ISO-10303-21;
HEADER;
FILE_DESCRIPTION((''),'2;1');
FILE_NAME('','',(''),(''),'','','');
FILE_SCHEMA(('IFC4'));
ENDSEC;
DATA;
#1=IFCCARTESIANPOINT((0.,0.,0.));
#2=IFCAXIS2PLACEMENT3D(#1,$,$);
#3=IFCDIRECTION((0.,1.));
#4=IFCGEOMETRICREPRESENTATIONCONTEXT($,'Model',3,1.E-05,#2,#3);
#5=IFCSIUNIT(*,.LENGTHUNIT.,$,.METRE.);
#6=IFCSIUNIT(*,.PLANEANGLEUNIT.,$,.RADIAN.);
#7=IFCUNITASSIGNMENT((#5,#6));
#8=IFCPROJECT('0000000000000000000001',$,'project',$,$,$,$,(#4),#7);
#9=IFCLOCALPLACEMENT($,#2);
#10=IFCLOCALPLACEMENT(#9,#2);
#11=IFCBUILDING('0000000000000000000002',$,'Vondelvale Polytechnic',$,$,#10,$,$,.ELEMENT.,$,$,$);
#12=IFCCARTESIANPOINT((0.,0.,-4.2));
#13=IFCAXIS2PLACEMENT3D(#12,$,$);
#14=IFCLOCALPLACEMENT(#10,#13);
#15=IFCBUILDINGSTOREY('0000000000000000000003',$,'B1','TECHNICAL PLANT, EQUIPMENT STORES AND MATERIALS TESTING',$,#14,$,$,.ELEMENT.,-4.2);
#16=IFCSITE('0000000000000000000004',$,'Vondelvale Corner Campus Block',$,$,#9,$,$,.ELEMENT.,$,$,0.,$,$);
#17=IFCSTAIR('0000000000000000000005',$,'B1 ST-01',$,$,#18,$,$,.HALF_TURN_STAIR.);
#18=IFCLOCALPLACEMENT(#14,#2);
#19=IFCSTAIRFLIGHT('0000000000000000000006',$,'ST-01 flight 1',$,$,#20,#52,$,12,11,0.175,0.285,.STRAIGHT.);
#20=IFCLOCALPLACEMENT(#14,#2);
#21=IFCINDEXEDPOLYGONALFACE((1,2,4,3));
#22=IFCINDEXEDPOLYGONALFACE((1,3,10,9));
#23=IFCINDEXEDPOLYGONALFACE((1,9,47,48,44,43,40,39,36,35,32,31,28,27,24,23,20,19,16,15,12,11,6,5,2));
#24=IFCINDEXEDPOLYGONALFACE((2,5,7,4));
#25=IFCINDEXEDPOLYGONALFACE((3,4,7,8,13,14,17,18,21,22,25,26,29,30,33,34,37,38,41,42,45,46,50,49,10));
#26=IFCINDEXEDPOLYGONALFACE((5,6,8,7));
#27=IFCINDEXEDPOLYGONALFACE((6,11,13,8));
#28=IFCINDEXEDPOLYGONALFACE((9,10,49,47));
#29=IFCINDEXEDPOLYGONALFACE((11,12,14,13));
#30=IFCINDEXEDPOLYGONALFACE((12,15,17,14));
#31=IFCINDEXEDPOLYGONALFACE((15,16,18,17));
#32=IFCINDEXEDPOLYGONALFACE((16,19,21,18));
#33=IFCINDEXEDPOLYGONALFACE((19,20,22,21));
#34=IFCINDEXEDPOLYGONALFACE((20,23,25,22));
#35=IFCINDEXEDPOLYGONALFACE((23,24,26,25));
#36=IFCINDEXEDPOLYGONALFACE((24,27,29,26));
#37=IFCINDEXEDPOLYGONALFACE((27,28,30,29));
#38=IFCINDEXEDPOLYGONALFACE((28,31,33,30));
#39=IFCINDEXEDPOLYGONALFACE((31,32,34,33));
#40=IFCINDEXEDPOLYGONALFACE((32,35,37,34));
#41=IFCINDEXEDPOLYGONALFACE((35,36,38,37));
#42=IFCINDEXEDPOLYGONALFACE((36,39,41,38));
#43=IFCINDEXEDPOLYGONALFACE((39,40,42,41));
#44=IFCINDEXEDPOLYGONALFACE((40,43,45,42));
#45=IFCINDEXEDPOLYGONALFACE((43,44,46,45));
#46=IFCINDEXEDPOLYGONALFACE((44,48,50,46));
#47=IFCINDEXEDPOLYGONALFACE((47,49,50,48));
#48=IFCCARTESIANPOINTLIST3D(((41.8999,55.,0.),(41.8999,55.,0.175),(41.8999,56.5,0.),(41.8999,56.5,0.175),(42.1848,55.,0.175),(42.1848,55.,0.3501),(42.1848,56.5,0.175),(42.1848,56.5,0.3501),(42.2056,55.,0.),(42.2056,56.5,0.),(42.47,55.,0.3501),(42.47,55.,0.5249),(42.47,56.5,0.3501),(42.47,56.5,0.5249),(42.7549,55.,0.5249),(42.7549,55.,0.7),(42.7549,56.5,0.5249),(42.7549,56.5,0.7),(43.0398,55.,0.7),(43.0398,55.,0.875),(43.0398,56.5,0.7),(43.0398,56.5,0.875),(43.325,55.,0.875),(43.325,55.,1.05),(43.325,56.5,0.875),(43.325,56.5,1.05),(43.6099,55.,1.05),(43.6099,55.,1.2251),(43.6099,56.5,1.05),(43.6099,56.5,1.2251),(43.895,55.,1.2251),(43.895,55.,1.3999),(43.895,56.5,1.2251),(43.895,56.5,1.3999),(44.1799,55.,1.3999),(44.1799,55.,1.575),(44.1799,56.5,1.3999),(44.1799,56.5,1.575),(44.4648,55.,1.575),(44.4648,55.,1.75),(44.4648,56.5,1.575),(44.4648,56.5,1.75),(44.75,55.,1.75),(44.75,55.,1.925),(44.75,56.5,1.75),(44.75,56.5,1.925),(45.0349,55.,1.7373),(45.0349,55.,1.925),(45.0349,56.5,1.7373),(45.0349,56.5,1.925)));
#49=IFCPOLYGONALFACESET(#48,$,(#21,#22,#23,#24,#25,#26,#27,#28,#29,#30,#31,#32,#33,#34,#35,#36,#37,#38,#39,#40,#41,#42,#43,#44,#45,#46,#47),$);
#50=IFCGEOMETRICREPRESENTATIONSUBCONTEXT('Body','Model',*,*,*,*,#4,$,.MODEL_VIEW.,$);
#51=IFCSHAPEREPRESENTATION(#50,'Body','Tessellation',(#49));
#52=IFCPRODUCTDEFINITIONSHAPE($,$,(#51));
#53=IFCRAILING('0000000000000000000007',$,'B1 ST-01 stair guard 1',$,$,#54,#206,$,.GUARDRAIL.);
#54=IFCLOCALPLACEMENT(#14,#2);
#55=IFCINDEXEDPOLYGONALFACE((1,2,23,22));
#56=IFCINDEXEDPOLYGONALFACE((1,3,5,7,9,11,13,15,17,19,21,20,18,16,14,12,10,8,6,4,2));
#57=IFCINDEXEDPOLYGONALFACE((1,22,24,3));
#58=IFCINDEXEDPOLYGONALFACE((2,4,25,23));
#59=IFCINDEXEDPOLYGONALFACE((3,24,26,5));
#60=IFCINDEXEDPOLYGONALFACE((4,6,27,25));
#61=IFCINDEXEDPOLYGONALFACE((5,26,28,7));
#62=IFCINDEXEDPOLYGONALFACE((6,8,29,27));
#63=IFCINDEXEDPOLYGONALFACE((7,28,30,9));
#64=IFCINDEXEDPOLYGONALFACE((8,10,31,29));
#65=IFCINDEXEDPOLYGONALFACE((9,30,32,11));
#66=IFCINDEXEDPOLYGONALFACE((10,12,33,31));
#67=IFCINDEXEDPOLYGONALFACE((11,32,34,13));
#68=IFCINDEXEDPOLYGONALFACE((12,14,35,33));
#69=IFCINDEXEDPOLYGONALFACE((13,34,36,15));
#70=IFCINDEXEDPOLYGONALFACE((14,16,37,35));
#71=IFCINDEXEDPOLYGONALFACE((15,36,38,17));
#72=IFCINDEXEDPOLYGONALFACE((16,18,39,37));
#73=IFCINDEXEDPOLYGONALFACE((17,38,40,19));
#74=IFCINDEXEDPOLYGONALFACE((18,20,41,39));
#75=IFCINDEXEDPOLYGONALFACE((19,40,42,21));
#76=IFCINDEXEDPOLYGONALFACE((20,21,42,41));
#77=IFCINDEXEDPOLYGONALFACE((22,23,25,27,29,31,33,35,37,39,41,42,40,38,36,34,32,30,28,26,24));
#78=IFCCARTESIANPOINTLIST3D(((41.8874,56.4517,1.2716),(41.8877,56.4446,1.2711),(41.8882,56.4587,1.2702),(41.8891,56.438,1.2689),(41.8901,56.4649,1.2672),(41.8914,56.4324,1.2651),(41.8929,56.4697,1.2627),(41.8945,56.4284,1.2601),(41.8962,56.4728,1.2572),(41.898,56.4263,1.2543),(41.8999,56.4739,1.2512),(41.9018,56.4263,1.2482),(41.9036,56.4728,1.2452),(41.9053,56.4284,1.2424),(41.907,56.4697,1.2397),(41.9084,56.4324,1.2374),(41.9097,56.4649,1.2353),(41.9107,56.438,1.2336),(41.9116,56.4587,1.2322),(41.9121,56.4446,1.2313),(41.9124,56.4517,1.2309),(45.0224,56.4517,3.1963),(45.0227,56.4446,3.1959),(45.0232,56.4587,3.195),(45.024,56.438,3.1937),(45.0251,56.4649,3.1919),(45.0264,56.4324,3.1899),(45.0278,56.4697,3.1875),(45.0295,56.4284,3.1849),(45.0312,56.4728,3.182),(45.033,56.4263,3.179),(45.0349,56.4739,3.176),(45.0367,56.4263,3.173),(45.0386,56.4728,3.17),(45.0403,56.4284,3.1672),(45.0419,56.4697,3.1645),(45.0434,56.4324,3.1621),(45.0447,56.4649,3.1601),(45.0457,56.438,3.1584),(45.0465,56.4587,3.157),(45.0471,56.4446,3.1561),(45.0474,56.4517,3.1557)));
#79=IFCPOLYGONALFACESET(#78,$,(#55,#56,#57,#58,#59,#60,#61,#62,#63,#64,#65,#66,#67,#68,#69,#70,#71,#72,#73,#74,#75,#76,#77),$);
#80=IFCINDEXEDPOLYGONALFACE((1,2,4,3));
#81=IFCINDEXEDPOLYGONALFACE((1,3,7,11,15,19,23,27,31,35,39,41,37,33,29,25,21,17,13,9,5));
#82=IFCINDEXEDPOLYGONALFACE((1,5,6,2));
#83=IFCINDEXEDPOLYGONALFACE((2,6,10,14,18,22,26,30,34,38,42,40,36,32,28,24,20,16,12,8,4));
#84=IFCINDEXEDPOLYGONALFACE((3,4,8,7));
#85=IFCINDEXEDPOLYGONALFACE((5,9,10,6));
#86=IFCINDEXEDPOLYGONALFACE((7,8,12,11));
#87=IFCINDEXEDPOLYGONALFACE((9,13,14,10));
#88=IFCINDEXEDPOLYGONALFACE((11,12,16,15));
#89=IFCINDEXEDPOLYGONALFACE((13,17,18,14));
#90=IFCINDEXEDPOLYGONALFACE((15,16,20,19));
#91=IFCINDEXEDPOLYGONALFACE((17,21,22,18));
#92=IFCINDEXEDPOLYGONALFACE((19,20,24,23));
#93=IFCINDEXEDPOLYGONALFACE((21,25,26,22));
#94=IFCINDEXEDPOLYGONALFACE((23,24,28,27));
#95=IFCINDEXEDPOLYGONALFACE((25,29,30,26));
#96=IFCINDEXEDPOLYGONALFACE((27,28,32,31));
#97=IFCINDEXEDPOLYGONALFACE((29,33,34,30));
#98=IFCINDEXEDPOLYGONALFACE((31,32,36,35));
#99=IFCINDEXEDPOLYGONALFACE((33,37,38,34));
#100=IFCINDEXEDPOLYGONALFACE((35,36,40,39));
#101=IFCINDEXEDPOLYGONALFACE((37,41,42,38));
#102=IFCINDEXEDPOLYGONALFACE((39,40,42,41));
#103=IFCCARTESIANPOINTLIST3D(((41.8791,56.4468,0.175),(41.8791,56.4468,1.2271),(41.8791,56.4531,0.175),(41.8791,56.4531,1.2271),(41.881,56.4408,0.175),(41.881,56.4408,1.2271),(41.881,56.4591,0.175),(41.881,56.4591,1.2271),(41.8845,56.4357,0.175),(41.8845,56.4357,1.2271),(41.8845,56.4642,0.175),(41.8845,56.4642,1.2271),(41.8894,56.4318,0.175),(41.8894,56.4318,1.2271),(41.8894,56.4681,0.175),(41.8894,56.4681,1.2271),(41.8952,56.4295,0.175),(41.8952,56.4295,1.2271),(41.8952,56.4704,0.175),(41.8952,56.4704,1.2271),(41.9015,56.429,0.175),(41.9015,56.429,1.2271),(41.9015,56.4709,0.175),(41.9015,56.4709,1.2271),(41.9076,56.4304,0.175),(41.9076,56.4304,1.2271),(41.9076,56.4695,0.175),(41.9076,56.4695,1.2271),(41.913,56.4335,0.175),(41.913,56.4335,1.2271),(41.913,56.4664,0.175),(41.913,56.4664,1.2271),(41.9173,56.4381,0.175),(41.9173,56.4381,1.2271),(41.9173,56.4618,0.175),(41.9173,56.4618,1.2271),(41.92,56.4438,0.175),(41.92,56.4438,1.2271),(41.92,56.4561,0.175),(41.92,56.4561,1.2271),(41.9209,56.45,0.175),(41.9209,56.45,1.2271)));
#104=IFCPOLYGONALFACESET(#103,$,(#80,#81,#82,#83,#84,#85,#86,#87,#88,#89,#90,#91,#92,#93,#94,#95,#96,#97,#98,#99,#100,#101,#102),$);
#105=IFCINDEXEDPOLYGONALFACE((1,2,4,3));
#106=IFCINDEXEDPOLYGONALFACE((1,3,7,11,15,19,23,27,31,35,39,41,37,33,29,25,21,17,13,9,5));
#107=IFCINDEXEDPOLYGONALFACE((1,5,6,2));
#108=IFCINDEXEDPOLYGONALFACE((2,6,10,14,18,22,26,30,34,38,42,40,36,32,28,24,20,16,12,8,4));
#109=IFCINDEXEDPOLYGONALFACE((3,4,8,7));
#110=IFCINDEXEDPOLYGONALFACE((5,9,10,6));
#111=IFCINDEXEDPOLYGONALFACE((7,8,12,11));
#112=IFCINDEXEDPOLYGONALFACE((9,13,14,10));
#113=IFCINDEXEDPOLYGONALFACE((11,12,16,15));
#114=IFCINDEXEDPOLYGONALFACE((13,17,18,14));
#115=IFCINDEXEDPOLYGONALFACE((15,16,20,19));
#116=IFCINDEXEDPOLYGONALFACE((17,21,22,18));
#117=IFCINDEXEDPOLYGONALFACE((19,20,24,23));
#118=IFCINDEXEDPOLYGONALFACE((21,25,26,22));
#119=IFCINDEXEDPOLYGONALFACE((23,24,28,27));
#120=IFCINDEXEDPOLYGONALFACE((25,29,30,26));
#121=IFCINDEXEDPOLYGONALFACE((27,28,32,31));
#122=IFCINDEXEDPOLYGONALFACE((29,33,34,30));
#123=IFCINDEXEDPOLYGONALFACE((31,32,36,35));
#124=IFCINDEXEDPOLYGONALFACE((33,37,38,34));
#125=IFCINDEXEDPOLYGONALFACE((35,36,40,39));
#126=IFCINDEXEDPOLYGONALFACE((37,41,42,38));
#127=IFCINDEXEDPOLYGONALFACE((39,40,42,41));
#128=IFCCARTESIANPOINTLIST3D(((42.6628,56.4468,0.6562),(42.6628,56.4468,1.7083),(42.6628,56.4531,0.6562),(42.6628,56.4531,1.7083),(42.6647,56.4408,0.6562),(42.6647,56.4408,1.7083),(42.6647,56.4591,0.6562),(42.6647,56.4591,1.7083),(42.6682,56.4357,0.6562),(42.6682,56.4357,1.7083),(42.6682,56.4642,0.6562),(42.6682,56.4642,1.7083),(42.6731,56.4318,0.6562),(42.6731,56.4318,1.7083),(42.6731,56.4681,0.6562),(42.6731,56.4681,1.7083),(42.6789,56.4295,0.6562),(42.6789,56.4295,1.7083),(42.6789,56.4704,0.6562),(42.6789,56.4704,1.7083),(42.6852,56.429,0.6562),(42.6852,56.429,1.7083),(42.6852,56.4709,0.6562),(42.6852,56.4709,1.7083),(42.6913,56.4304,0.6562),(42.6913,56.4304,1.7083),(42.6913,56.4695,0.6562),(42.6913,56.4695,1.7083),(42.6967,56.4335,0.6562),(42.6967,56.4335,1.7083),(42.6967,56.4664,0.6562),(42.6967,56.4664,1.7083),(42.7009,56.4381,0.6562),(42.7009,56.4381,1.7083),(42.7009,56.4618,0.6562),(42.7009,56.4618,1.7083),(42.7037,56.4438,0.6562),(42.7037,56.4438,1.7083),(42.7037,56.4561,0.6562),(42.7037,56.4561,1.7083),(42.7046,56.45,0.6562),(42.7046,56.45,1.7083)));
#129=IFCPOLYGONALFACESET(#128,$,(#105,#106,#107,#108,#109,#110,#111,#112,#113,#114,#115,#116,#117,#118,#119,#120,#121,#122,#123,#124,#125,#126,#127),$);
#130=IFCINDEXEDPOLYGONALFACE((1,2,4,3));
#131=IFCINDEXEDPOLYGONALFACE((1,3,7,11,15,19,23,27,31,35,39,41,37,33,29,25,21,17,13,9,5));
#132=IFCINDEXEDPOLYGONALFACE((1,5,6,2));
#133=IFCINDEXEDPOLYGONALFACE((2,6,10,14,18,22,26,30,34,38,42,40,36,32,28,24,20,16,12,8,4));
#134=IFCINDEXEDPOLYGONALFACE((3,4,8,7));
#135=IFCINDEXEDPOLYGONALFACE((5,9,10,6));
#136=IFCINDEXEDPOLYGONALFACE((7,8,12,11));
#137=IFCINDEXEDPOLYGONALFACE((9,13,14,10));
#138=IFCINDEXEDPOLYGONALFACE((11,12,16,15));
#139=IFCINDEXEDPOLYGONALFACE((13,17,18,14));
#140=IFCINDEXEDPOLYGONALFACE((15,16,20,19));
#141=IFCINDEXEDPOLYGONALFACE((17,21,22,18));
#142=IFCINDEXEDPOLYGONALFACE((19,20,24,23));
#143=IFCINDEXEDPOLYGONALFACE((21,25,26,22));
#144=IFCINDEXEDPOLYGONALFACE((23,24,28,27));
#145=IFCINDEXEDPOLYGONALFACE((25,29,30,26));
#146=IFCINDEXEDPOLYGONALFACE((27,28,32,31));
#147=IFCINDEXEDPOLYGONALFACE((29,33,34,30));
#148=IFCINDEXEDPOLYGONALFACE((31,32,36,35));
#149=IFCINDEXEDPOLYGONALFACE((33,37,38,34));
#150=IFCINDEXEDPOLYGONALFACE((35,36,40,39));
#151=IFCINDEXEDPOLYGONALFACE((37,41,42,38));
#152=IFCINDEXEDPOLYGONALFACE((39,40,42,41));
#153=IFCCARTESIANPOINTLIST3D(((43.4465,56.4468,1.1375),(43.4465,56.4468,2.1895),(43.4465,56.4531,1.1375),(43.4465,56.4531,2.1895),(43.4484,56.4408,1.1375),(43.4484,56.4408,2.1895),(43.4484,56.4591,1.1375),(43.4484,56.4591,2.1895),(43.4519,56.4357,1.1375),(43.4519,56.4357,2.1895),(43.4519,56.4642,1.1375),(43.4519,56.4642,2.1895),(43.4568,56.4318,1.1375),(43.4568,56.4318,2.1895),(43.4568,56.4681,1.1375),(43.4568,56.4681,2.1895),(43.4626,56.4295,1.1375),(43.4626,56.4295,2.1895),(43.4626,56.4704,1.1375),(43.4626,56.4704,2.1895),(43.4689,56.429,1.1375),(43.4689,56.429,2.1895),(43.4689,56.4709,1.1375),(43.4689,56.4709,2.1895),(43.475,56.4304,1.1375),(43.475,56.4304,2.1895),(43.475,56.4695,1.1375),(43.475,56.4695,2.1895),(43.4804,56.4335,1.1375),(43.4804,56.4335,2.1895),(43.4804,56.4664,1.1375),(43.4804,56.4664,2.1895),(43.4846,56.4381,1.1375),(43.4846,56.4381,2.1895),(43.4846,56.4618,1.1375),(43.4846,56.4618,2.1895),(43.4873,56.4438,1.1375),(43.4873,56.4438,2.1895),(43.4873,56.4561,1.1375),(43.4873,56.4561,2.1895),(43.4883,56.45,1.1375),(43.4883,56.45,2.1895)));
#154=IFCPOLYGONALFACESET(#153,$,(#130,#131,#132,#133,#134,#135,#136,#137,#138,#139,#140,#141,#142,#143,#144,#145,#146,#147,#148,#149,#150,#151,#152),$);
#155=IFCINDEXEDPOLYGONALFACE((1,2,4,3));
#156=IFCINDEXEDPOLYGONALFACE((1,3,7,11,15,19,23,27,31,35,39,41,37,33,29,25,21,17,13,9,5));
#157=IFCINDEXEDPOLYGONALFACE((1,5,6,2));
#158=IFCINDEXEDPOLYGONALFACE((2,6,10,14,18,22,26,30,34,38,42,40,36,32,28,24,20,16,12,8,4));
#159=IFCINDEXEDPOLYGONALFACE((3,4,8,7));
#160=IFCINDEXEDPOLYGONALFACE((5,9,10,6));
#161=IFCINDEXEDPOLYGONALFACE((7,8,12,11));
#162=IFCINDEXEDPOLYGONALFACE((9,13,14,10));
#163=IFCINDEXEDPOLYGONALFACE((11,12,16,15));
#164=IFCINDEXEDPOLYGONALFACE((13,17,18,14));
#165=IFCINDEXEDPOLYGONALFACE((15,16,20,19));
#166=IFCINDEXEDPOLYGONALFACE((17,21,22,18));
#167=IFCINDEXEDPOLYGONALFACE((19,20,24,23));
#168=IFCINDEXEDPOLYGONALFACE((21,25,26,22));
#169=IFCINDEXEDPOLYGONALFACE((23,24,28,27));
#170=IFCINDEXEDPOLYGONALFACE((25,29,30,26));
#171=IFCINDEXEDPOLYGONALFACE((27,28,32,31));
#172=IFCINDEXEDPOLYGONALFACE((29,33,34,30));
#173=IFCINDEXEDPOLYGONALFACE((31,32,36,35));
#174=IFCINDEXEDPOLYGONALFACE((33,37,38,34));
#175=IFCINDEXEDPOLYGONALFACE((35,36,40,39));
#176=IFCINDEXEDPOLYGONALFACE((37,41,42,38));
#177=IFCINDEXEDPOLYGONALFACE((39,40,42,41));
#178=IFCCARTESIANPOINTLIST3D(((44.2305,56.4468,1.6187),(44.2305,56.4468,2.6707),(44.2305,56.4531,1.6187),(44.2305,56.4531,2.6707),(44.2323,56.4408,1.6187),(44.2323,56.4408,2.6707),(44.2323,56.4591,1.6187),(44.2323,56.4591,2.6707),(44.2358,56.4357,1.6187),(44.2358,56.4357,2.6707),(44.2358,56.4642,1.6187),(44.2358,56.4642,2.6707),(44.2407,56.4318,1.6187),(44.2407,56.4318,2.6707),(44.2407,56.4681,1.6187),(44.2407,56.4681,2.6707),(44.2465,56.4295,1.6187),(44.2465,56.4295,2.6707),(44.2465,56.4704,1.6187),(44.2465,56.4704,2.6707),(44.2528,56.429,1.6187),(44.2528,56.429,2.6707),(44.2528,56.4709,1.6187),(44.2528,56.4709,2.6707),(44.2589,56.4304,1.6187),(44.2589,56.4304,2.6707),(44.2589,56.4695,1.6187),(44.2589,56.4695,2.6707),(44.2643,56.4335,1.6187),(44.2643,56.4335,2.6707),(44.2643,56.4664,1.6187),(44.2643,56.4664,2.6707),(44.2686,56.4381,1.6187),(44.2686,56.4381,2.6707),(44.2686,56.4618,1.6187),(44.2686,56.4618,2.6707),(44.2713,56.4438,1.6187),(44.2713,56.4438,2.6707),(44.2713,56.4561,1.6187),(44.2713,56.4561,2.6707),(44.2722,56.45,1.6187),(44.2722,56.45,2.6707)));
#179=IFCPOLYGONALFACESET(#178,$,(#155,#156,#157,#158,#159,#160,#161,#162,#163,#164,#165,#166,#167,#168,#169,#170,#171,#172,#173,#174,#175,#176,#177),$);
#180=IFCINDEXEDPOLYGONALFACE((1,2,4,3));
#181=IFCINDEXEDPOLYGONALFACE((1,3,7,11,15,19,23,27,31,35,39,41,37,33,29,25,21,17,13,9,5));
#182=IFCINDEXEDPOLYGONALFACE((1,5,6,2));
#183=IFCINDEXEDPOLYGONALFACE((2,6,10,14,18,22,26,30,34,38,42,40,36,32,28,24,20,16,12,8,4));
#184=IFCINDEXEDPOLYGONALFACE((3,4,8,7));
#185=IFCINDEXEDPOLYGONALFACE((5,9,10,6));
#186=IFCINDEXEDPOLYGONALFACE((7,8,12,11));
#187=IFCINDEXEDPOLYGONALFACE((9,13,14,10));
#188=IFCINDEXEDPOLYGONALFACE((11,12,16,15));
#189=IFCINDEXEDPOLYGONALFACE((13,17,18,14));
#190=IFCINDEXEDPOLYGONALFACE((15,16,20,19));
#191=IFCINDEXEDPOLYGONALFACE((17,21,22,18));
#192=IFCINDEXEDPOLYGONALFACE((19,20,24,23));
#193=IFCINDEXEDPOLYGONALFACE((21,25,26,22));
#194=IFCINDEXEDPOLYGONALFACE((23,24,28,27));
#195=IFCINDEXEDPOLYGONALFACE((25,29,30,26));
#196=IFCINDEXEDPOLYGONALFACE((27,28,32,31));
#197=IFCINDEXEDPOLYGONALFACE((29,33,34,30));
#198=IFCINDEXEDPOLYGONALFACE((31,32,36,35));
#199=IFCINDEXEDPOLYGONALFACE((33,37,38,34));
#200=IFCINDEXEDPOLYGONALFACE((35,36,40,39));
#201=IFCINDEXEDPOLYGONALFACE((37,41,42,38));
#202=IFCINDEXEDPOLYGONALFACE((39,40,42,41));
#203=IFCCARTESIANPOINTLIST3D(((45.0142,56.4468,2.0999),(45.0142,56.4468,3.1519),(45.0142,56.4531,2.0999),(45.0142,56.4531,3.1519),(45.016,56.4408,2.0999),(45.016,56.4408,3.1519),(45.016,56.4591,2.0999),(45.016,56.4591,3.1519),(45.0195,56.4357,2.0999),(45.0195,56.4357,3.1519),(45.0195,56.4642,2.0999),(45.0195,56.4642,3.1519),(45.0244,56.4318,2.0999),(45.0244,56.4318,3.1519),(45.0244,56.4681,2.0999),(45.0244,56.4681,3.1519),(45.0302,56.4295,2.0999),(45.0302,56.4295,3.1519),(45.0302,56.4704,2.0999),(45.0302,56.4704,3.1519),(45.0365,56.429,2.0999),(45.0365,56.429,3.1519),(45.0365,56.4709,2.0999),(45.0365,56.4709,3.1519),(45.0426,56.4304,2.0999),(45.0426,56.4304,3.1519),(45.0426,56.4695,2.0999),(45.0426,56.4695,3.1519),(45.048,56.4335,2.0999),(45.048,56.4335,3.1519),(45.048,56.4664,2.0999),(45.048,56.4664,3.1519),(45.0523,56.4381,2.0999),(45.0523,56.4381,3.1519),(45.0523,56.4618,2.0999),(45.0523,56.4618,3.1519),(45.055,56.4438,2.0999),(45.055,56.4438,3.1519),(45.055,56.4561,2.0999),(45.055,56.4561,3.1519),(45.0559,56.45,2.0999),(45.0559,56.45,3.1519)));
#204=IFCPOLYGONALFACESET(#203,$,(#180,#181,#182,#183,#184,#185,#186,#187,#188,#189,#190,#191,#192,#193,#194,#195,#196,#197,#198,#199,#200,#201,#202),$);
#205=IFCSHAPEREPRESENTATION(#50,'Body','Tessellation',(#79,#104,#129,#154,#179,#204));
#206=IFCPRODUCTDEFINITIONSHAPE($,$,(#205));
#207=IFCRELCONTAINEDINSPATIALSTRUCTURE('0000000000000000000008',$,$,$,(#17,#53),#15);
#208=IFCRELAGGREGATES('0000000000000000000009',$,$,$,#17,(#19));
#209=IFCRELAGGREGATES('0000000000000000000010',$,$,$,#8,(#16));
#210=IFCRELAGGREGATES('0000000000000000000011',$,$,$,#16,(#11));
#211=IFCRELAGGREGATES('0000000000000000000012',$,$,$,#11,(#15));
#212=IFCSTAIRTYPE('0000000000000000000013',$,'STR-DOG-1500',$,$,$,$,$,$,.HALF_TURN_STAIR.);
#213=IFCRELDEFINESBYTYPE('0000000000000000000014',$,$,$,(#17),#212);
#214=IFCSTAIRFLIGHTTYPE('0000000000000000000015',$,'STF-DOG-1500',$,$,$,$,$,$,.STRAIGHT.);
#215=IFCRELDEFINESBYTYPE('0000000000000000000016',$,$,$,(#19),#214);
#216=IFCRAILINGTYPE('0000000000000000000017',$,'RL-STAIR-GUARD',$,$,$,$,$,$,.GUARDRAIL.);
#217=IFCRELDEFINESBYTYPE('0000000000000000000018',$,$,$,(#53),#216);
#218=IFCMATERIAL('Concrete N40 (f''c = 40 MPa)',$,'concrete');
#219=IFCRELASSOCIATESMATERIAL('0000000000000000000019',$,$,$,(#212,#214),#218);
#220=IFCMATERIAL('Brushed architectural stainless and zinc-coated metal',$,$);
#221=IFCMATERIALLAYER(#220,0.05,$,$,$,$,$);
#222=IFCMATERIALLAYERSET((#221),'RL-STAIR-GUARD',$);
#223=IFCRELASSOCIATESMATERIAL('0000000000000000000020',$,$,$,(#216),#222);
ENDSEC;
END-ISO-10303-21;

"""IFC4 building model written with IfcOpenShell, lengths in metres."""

from ifc_helpers import new_model, si_unit, direction, frame, origin, origin_2d, place, context, subcontext, project, spatial, polyline, circle, outline, extrude, material, layer, layer_set, type_object, element, aggregate, save


model = new_model("IFC4")

# Units and contexts
model_context = context("Model", 3, precision=1e-05, world=origin(), true_north=direction((0.0, 1.0)))
body_context = subcontext(model_context, "Body", "Model", "MODEL_VIEW")
ifc_project = project(units=[si_unit("LENGTHUNIT", "METRE"), si_unit("PLANEANGLEUNIT", "RADIAN")], contexts=[model_context])

# Site, building, storey
site_placement = place(None, origin())
site = spatial("IfcSite", under=ifc_project, at=site_placement, Name="Vondelvale Corner Campus Block", CompositionType="ELEMENT", RefElevation=0.0)
building_placement = place(site_placement, origin())
building = spatial("IfcBuilding", under=site, at=building_placement, Name="Vondelvale Polytechnic", CompositionType="ELEMENT")
storey_placement = place(building_placement, frame((0.0, 0.0, -4.2)))
storey = spatial("IfcBuildingStorey", under=building, at=storey_placement, Name="B1", Description="TECHNICAL PLANT, EQUIPMENT STORES AND MATERIALS TESTING", CompositionType="ELEMENT", Elevation=-4.2)

# Shared definitions
ifc_material_1 = material(Name="Concrete N40 (f'c = 40 MPa)", Category="concrete")

# Shared definitions
ifc_material_2 = material(Name="Brushed architectural stainless and zinc-coated metal")

# Stair, stair flight
stair_type = type_object("IfcStairType", Name="STR-DOG-1500", PredefinedType="HALF_TURN_STAIR", material=ifc_material_1)
stair_placement = place(storey_placement, origin())
stair = element("IfcStair", 1, at=stair_placement, inside=storey, type_object=stair_type, Name="B1 ST-01", PredefinedType="HALF_TURN_STAIR")
stair_flight_type = type_object("IfcStairFlightType", Name="STF-DOG-1500", PredefinedType="STRAIGHT", material=ifc_material_1)
stair_flight_placement = place(storey_placement, frame((41.8999, 55.75, 0.0), z_axis=(0.0, 0.0, 1.0), x_axis=(1.0, 0.0, 0.0)))
stair_flight = element("IfcStairFlight", 2, at=stair_flight_placement, type_object=stair_flight_type, Name="ST-01 flight 1", NumberOfRisers=12, NumberOfTreads=11, PredefinedType="STRAIGHT", RiserHeight=0.175, TreadLength=0.285, context=body_context, shape_type="SweptSolid", body=[
    extrude(outline(polyline([(0.0, 0.0), (0.0, 0.175), (0.2849, 0.175), (0.2849, 0.3501), (0.5701, 0.3501), (0.5701, 0.5249), (0.855, 0.5249), (0.855, 0.7), (1.1399, 0.7), (1.1399, 0.875), (1.425, 0.875), (1.425, 1.05), (1.71, 1.05), (1.71, 1.2251), (1.9951, 1.2251), (1.9951, 1.3999), (2.28, 1.3999), (2.28, 1.575), (2.5649, 1.575), (2.5649, 1.75), (2.8501, 1.75), (2.8501, 1.925), (3.135, 1.925), (3.135, 2.1001), (3.135, 1.7373), (0.3057, 0.0), (0.0, 0.0)])), frame((0.0, 0.75, 0.0), z_axis=(0.0, -1.0, 0.0), x_axis=(1.0, 0.0, 0.0)), (0.0, 0.0, 1.0), 1.5),
])
aggregate(stair, [stair_flight])

# Railing
ifc_layer_1 = layer(ifc_material_2, 0.05)
ifc_layer_set_1 = layer_set([ifc_layer_1], Name="RL-STAIR-GUARD")
railing_type_1 = type_object("IfcRailingType", Name="RL-STAIR-GUARD", PredefinedType="GUARDRAIL", material=ifc_layer_set_1)
railing_1_placement = place(storey_placement, frame((41.8999, 56.45, 0.175)))
element("IfcRailing", 3, at=railing_1_placement, inside=storey, type_object=railing_type_1, Name="B1 ST-01 stair guard 1", PredefinedType="GUARDRAIL", context=body_context, shape_type="SweptSolid", body=[
    extrude(circle(Radius=0.0239, at=origin_2d()), frame((0.0, 0.0, 1.0762), z_axis=(0.852196, 0.0, 0.523223), x_axis=(0.0, 1.0, 0.0)), (0.0, 0.0, 1.0), 3.6787),
    extrude(circle(Radius=0.021, at=origin_2d()), origin(), (0.0, 0.0, 1.0), 1.052),
    extrude(circle(Radius=0.021, at=origin_2d()), frame((0.7837, 0.0, 0.4812)), (0.0, 0.0, 1.0), 1.052),
    extrude(circle(Radius=0.021, at=origin_2d()), frame((1.5674, 0.0, 0.9624)), (0.0, 0.0, 1.0), 1.052),
    extrude(circle(Radius=0.021, at=origin_2d()), frame((2.3513, 0.0, 1.4436)), (0.0, 0.0, 1.0), 1.052),
    extrude(circle(Radius=0.021, at=origin_2d()), frame((3.135, 0.0, 1.9248)), (0.0, 0.0, 1.0), 1.052),
])

save(model, "model.ifc")
